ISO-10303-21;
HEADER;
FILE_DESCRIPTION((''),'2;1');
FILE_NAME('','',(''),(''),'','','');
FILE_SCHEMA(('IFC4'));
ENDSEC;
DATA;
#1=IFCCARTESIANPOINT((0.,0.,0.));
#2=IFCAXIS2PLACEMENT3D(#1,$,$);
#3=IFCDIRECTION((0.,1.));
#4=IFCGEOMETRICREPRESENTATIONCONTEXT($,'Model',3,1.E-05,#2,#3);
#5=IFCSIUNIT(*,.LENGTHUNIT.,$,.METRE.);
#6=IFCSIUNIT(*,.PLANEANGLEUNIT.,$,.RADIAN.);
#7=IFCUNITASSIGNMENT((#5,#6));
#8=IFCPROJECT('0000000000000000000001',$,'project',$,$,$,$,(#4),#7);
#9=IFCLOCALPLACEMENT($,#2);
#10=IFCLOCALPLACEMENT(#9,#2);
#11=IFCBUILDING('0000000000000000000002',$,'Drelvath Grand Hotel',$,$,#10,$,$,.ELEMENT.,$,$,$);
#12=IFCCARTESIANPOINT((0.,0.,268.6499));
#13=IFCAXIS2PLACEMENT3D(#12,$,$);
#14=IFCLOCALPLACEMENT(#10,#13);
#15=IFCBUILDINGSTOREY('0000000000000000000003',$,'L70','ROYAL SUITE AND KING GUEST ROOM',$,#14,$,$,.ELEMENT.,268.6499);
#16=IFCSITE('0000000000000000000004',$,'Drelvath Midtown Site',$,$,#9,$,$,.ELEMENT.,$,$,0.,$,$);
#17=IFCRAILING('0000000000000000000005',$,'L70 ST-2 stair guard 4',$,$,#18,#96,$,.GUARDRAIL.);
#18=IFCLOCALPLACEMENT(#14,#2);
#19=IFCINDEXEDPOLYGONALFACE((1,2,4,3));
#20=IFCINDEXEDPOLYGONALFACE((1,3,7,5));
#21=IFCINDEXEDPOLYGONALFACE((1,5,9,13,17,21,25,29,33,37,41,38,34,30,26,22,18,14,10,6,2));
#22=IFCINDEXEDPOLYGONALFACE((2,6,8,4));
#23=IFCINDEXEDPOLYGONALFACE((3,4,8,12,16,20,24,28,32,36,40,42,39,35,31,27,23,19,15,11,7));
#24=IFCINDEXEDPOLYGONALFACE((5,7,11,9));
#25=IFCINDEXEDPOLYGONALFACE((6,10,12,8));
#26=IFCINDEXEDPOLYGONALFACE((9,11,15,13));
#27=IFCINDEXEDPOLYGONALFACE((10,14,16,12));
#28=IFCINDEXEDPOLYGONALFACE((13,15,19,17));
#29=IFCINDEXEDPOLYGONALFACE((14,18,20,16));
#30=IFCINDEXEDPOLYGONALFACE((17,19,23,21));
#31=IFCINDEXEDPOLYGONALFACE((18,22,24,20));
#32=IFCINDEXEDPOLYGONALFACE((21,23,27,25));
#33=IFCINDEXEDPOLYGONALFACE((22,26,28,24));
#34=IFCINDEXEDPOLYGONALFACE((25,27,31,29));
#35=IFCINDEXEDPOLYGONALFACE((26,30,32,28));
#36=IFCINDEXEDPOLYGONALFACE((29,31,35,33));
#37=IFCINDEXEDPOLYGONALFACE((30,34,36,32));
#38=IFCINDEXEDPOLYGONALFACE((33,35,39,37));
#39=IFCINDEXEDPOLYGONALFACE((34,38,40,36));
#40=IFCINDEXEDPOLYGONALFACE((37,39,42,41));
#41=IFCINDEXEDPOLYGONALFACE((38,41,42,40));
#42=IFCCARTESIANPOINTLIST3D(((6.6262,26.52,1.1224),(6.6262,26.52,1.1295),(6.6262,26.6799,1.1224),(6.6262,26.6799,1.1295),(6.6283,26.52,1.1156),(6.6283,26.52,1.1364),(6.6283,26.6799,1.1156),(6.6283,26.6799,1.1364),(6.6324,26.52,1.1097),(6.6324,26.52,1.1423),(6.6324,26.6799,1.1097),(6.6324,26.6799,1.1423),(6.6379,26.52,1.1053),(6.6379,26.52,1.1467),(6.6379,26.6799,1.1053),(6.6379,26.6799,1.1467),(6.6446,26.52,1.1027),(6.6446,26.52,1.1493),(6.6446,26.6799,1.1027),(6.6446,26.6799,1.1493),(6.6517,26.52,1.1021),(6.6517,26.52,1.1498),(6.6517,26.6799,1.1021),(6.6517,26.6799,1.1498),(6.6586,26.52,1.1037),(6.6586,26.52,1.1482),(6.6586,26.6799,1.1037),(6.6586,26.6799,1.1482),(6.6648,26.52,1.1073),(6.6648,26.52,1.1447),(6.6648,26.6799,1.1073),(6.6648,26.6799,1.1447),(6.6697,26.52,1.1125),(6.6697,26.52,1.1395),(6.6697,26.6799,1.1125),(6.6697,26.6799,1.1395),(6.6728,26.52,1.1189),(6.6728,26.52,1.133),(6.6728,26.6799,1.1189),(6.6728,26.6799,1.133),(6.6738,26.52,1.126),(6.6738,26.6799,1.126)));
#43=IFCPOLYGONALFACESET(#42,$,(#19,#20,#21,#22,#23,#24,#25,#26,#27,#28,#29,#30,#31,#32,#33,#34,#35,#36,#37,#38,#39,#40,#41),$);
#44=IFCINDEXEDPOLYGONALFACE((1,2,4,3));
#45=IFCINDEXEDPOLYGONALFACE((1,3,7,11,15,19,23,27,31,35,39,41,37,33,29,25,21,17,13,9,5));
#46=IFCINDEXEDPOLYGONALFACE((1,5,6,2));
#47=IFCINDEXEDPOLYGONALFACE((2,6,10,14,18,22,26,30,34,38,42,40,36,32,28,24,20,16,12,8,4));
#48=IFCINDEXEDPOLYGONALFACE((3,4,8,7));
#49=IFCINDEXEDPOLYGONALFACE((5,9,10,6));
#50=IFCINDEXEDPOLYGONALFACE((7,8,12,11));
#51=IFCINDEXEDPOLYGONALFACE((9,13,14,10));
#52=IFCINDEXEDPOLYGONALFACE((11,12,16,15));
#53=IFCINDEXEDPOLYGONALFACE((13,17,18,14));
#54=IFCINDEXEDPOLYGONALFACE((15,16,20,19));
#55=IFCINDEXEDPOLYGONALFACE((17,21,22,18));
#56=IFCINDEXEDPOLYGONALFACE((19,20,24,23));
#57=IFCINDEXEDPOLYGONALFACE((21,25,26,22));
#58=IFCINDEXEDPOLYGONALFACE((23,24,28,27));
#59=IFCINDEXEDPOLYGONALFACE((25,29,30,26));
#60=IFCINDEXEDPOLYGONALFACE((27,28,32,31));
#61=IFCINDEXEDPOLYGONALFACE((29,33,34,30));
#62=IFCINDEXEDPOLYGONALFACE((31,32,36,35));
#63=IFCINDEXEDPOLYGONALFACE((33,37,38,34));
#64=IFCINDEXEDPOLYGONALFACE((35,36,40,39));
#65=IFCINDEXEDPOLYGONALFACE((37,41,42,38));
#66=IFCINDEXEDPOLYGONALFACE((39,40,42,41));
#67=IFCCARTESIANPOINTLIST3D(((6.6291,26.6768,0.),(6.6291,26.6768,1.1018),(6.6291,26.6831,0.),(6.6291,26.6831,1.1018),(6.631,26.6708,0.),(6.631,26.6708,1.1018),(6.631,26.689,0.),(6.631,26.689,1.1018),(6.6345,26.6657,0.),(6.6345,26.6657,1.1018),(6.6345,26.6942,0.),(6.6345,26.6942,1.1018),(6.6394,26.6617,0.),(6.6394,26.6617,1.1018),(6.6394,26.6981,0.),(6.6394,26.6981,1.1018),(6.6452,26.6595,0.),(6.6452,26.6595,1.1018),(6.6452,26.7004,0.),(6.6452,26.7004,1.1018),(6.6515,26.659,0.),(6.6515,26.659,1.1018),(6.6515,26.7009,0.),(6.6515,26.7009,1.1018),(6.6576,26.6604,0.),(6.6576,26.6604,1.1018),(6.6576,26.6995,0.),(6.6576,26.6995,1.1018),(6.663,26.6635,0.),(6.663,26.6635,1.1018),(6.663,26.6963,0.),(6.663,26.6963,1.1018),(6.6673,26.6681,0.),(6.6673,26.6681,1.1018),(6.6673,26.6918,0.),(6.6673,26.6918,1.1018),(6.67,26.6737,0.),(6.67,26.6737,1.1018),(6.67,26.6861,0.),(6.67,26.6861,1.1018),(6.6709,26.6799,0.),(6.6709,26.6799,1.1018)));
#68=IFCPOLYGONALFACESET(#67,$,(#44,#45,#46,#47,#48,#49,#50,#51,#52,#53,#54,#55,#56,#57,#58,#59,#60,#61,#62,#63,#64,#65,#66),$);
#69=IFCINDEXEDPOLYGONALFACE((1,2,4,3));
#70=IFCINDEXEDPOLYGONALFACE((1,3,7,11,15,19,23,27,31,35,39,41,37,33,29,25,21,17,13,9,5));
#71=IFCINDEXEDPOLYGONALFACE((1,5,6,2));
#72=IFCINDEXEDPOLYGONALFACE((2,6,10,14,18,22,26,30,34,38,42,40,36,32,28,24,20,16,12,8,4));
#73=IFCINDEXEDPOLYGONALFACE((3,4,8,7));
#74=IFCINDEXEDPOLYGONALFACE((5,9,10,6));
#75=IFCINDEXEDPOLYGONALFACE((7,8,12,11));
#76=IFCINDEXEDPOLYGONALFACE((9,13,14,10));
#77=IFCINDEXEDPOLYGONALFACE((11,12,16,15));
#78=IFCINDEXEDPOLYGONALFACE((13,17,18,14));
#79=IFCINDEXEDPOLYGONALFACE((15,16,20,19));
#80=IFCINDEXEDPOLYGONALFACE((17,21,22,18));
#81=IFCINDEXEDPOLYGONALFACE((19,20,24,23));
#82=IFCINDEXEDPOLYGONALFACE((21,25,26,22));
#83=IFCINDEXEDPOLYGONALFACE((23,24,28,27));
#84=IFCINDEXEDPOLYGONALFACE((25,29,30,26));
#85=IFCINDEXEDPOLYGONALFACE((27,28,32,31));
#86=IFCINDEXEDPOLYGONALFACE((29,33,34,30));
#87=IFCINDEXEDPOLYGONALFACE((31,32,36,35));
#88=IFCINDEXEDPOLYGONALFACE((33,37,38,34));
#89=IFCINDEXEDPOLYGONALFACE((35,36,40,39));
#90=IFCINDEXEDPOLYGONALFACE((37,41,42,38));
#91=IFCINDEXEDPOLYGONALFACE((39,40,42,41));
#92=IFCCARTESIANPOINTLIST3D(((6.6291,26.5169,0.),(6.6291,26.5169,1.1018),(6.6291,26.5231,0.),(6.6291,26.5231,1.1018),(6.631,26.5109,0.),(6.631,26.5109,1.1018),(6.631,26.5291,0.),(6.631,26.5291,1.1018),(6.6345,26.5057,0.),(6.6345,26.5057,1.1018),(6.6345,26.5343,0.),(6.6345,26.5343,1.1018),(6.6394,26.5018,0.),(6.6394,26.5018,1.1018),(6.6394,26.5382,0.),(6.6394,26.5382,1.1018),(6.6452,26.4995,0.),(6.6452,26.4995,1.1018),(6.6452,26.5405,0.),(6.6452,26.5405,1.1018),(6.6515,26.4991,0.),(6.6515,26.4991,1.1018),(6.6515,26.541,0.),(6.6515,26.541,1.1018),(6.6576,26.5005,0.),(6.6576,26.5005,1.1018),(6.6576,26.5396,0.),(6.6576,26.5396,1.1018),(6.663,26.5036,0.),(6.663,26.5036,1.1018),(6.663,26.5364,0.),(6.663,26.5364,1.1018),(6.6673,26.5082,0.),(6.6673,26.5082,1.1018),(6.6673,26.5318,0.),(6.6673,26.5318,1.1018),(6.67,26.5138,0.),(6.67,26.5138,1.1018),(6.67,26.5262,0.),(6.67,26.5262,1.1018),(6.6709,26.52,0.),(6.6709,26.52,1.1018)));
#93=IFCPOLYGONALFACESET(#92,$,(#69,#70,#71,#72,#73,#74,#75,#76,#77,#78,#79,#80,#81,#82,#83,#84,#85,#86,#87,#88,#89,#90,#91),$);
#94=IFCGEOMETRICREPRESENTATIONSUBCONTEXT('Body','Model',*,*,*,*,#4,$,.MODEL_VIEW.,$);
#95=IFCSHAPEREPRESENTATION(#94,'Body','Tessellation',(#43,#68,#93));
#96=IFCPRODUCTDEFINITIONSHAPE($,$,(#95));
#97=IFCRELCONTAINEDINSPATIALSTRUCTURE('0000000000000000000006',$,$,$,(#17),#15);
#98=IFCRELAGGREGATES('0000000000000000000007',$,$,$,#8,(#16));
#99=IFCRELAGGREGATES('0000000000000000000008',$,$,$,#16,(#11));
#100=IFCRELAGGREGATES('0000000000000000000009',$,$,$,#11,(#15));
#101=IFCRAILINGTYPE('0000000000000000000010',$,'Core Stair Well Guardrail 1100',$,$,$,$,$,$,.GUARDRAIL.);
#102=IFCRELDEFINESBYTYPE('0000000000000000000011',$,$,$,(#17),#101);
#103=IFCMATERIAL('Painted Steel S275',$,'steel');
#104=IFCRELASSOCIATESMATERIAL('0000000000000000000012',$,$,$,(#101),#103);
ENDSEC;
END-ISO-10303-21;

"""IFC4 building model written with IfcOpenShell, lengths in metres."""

from ifc_helpers import new_model, si_unit, direction, frame, origin, origin_2d, place, context, subcontext, project, spatial, circle, extrude, material, type_object, element, save


model = new_model("IFC4")

# Units and contexts
model_context = context("Model", 3, precision=1e-05, world=origin(), true_north=direction((0.0, 1.0)))
body_context = subcontext(model_context, "Body", "Model", "MODEL_VIEW")
ifc_project = project(units=[si_unit("LENGTHUNIT", "METRE"), si_unit("PLANEANGLEUNIT", "RADIAN")], contexts=[model_context])

# Site, building, storey
site_placement = place(None, origin())
site = spatial("IfcSite", under=ifc_project, at=site_placement, Name="Drelvath Midtown Site", CompositionType="ELEMENT", RefElevation=0.0)
building_placement = place(site_placement, origin())
building = spatial("IfcBuilding", under=site, at=building_placement, Name="Drelvath Grand Hotel", CompositionType="ELEMENT")
storey_placement = place(building_placement, frame((0.0, 0.0, 268.6499)))
storey = spatial("IfcBuildingStorey", under=building, at=storey_placement, Name="L70", Description="ROYAL SUITE AND KING GUEST ROOM", CompositionType="ELEMENT", Elevation=268.6499)

# Railing
ifc_material_1 = material(Name="Painted Steel S275", Category="steel")
railing_type_1 = type_object("IfcRailingType", Name="Core Stair Well Guardrail 1100", PredefinedType="GUARDRAIL", material=ifc_material_1)
railing_1_placement = place(storey_placement, frame((6.6499, 26.6799, 0.0)))
element("IfcRailing", 1, at=railing_1_placement, inside=storey, type_object=railing_type_1, Name="L70 ST-2 stair guard 4", PredefinedType="GUARDRAIL", context=body_context, shape_type="SweptSolid", body=[
    extrude(circle(Radius=0.0239, at=origin_2d()), frame((0.0, 0.0, 1.126), z_axis=(0.0, -1.0, 0.0), x_axis=(1.0, 0.0, 0.0)), (0.0, 0.0, 1.0), 0.1599),
    extrude(circle(Radius=0.021, at=origin_2d()), origin(), (0.0, 0.0, 1.0), 1.1018),
    extrude(circle(Radius=0.021, at=origin_2d()), frame((0.0, -0.1599, 0.0)), (0.0, 0.0, 1.0), 1.1018),
])

save(model, "model.ifc")
